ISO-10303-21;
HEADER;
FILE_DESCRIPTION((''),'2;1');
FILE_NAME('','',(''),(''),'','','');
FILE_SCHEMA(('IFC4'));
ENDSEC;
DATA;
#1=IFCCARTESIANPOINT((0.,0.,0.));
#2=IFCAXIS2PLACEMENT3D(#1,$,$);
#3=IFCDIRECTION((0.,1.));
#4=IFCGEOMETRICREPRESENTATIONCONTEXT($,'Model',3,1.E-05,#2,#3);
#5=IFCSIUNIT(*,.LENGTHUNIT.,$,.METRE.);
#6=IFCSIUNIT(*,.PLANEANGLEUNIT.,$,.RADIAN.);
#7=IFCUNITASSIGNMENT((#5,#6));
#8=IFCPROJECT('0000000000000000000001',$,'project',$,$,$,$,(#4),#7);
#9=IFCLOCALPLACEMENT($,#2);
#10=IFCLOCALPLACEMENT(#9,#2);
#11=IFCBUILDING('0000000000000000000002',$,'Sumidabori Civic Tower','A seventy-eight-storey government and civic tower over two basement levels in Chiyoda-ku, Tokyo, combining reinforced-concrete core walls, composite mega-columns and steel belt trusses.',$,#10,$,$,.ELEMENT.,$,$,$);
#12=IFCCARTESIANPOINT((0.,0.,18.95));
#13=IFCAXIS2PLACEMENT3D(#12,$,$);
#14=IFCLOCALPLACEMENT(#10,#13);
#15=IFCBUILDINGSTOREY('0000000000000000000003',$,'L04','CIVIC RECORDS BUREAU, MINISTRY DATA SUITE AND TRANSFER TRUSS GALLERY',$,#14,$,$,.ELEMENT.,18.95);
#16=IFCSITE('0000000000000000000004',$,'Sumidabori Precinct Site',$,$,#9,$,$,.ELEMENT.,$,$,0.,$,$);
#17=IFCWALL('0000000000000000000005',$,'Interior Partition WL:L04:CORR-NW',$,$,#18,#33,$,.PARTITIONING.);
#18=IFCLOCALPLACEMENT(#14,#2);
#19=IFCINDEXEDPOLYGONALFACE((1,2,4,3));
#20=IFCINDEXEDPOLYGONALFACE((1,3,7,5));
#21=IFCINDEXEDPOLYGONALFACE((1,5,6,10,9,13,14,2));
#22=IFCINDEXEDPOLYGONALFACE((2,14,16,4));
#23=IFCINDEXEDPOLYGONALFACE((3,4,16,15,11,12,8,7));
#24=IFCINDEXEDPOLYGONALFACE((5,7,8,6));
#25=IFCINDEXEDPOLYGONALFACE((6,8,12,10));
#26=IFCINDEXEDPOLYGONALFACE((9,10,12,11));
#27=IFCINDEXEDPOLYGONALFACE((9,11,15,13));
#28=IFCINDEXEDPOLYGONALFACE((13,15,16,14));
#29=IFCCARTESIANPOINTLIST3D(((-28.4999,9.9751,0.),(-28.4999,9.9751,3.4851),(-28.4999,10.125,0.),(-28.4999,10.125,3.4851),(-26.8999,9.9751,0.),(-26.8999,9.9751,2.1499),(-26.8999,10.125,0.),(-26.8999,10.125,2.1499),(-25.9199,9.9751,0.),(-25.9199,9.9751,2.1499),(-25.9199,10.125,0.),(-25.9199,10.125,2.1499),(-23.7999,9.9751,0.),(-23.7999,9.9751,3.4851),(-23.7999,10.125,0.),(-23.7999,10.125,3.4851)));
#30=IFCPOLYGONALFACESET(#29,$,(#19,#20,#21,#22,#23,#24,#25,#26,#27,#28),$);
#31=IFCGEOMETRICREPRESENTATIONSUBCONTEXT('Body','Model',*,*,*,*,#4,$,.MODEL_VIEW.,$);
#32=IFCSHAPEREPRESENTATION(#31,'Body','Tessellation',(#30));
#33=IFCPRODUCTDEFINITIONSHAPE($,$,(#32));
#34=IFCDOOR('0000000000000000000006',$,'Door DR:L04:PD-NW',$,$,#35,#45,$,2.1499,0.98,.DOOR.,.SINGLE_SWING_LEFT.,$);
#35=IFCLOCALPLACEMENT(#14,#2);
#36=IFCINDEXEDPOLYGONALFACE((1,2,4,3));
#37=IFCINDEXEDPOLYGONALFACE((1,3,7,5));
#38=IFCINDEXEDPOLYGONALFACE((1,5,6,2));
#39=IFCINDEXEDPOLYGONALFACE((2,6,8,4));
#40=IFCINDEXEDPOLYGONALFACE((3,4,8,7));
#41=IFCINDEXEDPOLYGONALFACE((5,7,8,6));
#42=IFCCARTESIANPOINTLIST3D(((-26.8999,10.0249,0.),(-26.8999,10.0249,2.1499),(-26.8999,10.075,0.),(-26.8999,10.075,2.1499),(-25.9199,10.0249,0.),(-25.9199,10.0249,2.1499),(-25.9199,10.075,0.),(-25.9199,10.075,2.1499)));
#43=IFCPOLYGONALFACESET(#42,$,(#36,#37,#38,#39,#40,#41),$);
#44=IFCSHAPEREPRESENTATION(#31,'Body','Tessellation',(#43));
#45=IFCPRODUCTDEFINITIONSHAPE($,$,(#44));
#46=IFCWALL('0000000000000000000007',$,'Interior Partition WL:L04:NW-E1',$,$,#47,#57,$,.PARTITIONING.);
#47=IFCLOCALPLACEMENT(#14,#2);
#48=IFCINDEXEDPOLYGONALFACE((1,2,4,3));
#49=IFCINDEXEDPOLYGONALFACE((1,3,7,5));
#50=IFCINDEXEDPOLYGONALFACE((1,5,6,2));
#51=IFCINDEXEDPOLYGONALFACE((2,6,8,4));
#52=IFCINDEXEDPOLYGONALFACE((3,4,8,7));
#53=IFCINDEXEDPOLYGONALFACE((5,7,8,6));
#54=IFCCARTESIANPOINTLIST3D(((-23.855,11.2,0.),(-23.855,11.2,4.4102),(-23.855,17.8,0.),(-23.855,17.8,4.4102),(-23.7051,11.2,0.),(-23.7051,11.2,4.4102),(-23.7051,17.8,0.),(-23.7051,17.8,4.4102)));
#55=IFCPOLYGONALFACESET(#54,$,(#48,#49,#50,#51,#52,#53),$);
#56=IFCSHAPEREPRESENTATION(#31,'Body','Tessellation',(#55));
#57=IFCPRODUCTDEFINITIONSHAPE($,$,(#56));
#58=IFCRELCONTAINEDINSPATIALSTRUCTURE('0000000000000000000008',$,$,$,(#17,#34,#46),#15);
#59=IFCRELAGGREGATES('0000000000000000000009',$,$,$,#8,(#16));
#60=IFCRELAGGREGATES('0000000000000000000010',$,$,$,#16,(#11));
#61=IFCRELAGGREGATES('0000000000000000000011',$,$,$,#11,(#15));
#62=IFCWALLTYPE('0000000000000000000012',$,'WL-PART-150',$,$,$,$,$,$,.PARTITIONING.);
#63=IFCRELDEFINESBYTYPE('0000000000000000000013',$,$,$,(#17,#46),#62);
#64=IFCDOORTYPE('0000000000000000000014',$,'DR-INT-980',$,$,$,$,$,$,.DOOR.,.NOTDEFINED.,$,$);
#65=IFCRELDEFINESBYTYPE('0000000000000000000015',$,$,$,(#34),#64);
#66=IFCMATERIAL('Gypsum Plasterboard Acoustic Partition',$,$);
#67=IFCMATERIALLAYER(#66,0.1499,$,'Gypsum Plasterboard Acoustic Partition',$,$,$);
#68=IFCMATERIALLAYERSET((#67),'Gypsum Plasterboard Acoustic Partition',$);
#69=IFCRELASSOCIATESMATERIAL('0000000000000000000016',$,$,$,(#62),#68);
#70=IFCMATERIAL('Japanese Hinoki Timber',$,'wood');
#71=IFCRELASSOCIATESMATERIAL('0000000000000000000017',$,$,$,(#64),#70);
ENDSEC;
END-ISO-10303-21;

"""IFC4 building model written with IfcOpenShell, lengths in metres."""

from ifc_helpers import new_model, si_unit, direction, frame, frame_2d, origin, place, context, subcontext, project, spatial, rectangle, extrude, source, transform, mapped, material, layer, layer_set, type_object, element, fill, save


model = new_model("IFC4")

# Units and contexts
model_context = context("Model", 3, precision=1e-05, world=origin(), true_north=direction((0.0, 1.0)))
body_context = subcontext(model_context, "Body", "Model", "MODEL_VIEW")
ifc_project = project(units=[si_unit("LENGTHUNIT", "METRE"), si_unit("PLANEANGLEUNIT", "RADIAN")], contexts=[model_context])

# Site, building, storey
site_placement = place(None, origin())
site = spatial("IfcSite", under=ifc_project, at=site_placement, Name="Sumidabori Precinct Site", CompositionType="ELEMENT", RefElevation=0.0)
building_placement = place(site_placement, origin())
building = spatial("IfcBuilding", under=site, at=building_placement, Name="Sumidabori Civic Tower", Description="A seventy-eight-storey government and civic tower over two basement levels in Chiyoda-ku, Tokyo, combining reinforced-concrete core walls, composite mega-columns and steel belt trusses.", CompositionType="ELEMENT")
storey_placement = place(building_placement, frame((0.0, 0.0, 18.95)))
storey = spatial("IfcBuildingStorey", under=building, at=storey_placement, Name="L04", Description="CIVIC RECORDS BUREAU, MINISTRY DATA SUITE AND TRANSFER TRUSS GALLERY", CompositionType="ELEMENT", Elevation=18.95)

# Shared definitions
ifc_material_1 = material(Name="Gypsum Plasterboard Acoustic Partition")
ifc_layer_1 = layer(ifc_material_1, 0.1499, Name="Gypsum Plasterboard Acoustic Partition")
ifc_layer_set_1 = layer_set([ifc_layer_1], Name="Gypsum Plasterboard Acoustic Partition")
wall_type_1 = type_object("IfcWallType", Name="WL-PART-150", PredefinedType="PARTITIONING", material=ifc_layer_set_1)
ifc_material_2 = material(Name="Japanese Hinoki Timber", Category="wood")

# Wall, opening, door
shared_shape_1 = source(origin(), body_context, "Body", "SweptSolid", [
    extrude(rectangle(XDim=4.7, YDim=0.1499, at=frame_2d((2.3501, 0.0))), origin(), (0.0, 0.0, 1.0), 3.4851),
])
wall_1_placement = place(storey_placement, frame((-28.5, 10.05, 0.0), z_axis=(0.0, 0.0, 1.0), x_axis=(1.0, 0.0, 0.0)))
wall_1 = element("IfcWall", 1, at=wall_1_placement, inside=storey, type_object=wall_type_1, Name="Interior Partition WL:L04:CORR-NW", PredefinedType="PARTITIONING", context=body_context, shape_type="MappedRepresentation", body=[
    mapped(shared_shape_1, transform((0.0, 0.0, 0.0), x_axis=(1.0, 0.0, 0.0), y_axis=(0.0, 1.0, 0.0), z_axis=(0.0, 0.0, 1.0), scale=1.0)),
])
opening_1_placement = place(wall_1_placement, frame((1.6001, 0.0, 0.0)))
opening_1 = element("IfcOpeningElement", 2, at=opening_1_placement, cuts=wall_1, PredefinedType="OPENING", context=body_context, shape_type="SweptSolid", body=[
    extrude(rectangle(XDim=0.98, YDim=2.1499, at=frame_2d((0.49, 1.075))), frame((0.0, 0.0869, 0.0), z_axis=(0.0, -1.0, 0.0), x_axis=(1.0, 0.0, 0.0)), (0.0, 0.0, 1.0), 0.1738),
])
door_type_1 = type_object("IfcDoorType", Name="DR-INT-980", OperationType="NOTDEFINED", PredefinedType="DOOR", material=ifc_material_2)
shared_shape_2 = source(origin(), body_context, "Body", "SweptSolid", [
    extrude(rectangle(XDim=0.98, YDim=2.1499, at=frame_2d((0.49, 1.075))), frame((0.0, 0.0249, 0.0), z_axis=(0.0, -1.0, 0.0), x_axis=(1.0, 0.0, 0.0)), (0.0, 0.0, 1.0), 0.05),
])
door_1_placement = place(opening_1_placement, origin())
door_1 = element("IfcDoor", 3, at=door_1_placement, inside=storey, type_object=door_type_1, Name="Door DR:L04:PD-NW", OperationType="SINGLE_SWING_LEFT", OverallHeight=2.1499, OverallWidth=0.98, PredefinedType="DOOR", context=body_context, shape_type="MappedRepresentation", body=[
    mapped(shared_shape_2, transform((0.0, 0.0, 0.0), x_axis=(1.0, 0.0, 0.0), y_axis=(0.0, 1.0, 0.0), z_axis=(0.0, 0.0, 1.0), scale=1.0)),
])
fill(opening_1, door_1)

# Wall
shared_shape_3 = source(origin(), body_context, "Body", "SweptSolid", [
    extrude(rectangle(XDim=6.6001, YDim=0.1499, at=frame_2d((3.3, 0.0))), origin(), (0.0, 0.0, 1.0), 4.4102),
])
wall_2_placement = place(storey_placement, frame((-23.78, 11.2, 0.0), z_axis=(0.0, 0.0, 1.0), x_axis=(0.0, 1.0, 0.0)))
element("IfcWall", 4, at=wall_2_placement, inside=storey, type_object=wall_type_1, Name="Interior Partition WL:L04:NW-E1", PredefinedType="PARTITIONING", context=body_context, shape_type="MappedRepresentation", body=[
    mapped(shared_shape_3, transform((0.0, 0.0, 0.0), x_axis=(1.0, 0.0, 0.0), y_axis=(0.0, 1.0, 0.0), z_axis=(0.0, 0.0, 1.0), scale=1.0)),
])

save(model, "model.ifc")
